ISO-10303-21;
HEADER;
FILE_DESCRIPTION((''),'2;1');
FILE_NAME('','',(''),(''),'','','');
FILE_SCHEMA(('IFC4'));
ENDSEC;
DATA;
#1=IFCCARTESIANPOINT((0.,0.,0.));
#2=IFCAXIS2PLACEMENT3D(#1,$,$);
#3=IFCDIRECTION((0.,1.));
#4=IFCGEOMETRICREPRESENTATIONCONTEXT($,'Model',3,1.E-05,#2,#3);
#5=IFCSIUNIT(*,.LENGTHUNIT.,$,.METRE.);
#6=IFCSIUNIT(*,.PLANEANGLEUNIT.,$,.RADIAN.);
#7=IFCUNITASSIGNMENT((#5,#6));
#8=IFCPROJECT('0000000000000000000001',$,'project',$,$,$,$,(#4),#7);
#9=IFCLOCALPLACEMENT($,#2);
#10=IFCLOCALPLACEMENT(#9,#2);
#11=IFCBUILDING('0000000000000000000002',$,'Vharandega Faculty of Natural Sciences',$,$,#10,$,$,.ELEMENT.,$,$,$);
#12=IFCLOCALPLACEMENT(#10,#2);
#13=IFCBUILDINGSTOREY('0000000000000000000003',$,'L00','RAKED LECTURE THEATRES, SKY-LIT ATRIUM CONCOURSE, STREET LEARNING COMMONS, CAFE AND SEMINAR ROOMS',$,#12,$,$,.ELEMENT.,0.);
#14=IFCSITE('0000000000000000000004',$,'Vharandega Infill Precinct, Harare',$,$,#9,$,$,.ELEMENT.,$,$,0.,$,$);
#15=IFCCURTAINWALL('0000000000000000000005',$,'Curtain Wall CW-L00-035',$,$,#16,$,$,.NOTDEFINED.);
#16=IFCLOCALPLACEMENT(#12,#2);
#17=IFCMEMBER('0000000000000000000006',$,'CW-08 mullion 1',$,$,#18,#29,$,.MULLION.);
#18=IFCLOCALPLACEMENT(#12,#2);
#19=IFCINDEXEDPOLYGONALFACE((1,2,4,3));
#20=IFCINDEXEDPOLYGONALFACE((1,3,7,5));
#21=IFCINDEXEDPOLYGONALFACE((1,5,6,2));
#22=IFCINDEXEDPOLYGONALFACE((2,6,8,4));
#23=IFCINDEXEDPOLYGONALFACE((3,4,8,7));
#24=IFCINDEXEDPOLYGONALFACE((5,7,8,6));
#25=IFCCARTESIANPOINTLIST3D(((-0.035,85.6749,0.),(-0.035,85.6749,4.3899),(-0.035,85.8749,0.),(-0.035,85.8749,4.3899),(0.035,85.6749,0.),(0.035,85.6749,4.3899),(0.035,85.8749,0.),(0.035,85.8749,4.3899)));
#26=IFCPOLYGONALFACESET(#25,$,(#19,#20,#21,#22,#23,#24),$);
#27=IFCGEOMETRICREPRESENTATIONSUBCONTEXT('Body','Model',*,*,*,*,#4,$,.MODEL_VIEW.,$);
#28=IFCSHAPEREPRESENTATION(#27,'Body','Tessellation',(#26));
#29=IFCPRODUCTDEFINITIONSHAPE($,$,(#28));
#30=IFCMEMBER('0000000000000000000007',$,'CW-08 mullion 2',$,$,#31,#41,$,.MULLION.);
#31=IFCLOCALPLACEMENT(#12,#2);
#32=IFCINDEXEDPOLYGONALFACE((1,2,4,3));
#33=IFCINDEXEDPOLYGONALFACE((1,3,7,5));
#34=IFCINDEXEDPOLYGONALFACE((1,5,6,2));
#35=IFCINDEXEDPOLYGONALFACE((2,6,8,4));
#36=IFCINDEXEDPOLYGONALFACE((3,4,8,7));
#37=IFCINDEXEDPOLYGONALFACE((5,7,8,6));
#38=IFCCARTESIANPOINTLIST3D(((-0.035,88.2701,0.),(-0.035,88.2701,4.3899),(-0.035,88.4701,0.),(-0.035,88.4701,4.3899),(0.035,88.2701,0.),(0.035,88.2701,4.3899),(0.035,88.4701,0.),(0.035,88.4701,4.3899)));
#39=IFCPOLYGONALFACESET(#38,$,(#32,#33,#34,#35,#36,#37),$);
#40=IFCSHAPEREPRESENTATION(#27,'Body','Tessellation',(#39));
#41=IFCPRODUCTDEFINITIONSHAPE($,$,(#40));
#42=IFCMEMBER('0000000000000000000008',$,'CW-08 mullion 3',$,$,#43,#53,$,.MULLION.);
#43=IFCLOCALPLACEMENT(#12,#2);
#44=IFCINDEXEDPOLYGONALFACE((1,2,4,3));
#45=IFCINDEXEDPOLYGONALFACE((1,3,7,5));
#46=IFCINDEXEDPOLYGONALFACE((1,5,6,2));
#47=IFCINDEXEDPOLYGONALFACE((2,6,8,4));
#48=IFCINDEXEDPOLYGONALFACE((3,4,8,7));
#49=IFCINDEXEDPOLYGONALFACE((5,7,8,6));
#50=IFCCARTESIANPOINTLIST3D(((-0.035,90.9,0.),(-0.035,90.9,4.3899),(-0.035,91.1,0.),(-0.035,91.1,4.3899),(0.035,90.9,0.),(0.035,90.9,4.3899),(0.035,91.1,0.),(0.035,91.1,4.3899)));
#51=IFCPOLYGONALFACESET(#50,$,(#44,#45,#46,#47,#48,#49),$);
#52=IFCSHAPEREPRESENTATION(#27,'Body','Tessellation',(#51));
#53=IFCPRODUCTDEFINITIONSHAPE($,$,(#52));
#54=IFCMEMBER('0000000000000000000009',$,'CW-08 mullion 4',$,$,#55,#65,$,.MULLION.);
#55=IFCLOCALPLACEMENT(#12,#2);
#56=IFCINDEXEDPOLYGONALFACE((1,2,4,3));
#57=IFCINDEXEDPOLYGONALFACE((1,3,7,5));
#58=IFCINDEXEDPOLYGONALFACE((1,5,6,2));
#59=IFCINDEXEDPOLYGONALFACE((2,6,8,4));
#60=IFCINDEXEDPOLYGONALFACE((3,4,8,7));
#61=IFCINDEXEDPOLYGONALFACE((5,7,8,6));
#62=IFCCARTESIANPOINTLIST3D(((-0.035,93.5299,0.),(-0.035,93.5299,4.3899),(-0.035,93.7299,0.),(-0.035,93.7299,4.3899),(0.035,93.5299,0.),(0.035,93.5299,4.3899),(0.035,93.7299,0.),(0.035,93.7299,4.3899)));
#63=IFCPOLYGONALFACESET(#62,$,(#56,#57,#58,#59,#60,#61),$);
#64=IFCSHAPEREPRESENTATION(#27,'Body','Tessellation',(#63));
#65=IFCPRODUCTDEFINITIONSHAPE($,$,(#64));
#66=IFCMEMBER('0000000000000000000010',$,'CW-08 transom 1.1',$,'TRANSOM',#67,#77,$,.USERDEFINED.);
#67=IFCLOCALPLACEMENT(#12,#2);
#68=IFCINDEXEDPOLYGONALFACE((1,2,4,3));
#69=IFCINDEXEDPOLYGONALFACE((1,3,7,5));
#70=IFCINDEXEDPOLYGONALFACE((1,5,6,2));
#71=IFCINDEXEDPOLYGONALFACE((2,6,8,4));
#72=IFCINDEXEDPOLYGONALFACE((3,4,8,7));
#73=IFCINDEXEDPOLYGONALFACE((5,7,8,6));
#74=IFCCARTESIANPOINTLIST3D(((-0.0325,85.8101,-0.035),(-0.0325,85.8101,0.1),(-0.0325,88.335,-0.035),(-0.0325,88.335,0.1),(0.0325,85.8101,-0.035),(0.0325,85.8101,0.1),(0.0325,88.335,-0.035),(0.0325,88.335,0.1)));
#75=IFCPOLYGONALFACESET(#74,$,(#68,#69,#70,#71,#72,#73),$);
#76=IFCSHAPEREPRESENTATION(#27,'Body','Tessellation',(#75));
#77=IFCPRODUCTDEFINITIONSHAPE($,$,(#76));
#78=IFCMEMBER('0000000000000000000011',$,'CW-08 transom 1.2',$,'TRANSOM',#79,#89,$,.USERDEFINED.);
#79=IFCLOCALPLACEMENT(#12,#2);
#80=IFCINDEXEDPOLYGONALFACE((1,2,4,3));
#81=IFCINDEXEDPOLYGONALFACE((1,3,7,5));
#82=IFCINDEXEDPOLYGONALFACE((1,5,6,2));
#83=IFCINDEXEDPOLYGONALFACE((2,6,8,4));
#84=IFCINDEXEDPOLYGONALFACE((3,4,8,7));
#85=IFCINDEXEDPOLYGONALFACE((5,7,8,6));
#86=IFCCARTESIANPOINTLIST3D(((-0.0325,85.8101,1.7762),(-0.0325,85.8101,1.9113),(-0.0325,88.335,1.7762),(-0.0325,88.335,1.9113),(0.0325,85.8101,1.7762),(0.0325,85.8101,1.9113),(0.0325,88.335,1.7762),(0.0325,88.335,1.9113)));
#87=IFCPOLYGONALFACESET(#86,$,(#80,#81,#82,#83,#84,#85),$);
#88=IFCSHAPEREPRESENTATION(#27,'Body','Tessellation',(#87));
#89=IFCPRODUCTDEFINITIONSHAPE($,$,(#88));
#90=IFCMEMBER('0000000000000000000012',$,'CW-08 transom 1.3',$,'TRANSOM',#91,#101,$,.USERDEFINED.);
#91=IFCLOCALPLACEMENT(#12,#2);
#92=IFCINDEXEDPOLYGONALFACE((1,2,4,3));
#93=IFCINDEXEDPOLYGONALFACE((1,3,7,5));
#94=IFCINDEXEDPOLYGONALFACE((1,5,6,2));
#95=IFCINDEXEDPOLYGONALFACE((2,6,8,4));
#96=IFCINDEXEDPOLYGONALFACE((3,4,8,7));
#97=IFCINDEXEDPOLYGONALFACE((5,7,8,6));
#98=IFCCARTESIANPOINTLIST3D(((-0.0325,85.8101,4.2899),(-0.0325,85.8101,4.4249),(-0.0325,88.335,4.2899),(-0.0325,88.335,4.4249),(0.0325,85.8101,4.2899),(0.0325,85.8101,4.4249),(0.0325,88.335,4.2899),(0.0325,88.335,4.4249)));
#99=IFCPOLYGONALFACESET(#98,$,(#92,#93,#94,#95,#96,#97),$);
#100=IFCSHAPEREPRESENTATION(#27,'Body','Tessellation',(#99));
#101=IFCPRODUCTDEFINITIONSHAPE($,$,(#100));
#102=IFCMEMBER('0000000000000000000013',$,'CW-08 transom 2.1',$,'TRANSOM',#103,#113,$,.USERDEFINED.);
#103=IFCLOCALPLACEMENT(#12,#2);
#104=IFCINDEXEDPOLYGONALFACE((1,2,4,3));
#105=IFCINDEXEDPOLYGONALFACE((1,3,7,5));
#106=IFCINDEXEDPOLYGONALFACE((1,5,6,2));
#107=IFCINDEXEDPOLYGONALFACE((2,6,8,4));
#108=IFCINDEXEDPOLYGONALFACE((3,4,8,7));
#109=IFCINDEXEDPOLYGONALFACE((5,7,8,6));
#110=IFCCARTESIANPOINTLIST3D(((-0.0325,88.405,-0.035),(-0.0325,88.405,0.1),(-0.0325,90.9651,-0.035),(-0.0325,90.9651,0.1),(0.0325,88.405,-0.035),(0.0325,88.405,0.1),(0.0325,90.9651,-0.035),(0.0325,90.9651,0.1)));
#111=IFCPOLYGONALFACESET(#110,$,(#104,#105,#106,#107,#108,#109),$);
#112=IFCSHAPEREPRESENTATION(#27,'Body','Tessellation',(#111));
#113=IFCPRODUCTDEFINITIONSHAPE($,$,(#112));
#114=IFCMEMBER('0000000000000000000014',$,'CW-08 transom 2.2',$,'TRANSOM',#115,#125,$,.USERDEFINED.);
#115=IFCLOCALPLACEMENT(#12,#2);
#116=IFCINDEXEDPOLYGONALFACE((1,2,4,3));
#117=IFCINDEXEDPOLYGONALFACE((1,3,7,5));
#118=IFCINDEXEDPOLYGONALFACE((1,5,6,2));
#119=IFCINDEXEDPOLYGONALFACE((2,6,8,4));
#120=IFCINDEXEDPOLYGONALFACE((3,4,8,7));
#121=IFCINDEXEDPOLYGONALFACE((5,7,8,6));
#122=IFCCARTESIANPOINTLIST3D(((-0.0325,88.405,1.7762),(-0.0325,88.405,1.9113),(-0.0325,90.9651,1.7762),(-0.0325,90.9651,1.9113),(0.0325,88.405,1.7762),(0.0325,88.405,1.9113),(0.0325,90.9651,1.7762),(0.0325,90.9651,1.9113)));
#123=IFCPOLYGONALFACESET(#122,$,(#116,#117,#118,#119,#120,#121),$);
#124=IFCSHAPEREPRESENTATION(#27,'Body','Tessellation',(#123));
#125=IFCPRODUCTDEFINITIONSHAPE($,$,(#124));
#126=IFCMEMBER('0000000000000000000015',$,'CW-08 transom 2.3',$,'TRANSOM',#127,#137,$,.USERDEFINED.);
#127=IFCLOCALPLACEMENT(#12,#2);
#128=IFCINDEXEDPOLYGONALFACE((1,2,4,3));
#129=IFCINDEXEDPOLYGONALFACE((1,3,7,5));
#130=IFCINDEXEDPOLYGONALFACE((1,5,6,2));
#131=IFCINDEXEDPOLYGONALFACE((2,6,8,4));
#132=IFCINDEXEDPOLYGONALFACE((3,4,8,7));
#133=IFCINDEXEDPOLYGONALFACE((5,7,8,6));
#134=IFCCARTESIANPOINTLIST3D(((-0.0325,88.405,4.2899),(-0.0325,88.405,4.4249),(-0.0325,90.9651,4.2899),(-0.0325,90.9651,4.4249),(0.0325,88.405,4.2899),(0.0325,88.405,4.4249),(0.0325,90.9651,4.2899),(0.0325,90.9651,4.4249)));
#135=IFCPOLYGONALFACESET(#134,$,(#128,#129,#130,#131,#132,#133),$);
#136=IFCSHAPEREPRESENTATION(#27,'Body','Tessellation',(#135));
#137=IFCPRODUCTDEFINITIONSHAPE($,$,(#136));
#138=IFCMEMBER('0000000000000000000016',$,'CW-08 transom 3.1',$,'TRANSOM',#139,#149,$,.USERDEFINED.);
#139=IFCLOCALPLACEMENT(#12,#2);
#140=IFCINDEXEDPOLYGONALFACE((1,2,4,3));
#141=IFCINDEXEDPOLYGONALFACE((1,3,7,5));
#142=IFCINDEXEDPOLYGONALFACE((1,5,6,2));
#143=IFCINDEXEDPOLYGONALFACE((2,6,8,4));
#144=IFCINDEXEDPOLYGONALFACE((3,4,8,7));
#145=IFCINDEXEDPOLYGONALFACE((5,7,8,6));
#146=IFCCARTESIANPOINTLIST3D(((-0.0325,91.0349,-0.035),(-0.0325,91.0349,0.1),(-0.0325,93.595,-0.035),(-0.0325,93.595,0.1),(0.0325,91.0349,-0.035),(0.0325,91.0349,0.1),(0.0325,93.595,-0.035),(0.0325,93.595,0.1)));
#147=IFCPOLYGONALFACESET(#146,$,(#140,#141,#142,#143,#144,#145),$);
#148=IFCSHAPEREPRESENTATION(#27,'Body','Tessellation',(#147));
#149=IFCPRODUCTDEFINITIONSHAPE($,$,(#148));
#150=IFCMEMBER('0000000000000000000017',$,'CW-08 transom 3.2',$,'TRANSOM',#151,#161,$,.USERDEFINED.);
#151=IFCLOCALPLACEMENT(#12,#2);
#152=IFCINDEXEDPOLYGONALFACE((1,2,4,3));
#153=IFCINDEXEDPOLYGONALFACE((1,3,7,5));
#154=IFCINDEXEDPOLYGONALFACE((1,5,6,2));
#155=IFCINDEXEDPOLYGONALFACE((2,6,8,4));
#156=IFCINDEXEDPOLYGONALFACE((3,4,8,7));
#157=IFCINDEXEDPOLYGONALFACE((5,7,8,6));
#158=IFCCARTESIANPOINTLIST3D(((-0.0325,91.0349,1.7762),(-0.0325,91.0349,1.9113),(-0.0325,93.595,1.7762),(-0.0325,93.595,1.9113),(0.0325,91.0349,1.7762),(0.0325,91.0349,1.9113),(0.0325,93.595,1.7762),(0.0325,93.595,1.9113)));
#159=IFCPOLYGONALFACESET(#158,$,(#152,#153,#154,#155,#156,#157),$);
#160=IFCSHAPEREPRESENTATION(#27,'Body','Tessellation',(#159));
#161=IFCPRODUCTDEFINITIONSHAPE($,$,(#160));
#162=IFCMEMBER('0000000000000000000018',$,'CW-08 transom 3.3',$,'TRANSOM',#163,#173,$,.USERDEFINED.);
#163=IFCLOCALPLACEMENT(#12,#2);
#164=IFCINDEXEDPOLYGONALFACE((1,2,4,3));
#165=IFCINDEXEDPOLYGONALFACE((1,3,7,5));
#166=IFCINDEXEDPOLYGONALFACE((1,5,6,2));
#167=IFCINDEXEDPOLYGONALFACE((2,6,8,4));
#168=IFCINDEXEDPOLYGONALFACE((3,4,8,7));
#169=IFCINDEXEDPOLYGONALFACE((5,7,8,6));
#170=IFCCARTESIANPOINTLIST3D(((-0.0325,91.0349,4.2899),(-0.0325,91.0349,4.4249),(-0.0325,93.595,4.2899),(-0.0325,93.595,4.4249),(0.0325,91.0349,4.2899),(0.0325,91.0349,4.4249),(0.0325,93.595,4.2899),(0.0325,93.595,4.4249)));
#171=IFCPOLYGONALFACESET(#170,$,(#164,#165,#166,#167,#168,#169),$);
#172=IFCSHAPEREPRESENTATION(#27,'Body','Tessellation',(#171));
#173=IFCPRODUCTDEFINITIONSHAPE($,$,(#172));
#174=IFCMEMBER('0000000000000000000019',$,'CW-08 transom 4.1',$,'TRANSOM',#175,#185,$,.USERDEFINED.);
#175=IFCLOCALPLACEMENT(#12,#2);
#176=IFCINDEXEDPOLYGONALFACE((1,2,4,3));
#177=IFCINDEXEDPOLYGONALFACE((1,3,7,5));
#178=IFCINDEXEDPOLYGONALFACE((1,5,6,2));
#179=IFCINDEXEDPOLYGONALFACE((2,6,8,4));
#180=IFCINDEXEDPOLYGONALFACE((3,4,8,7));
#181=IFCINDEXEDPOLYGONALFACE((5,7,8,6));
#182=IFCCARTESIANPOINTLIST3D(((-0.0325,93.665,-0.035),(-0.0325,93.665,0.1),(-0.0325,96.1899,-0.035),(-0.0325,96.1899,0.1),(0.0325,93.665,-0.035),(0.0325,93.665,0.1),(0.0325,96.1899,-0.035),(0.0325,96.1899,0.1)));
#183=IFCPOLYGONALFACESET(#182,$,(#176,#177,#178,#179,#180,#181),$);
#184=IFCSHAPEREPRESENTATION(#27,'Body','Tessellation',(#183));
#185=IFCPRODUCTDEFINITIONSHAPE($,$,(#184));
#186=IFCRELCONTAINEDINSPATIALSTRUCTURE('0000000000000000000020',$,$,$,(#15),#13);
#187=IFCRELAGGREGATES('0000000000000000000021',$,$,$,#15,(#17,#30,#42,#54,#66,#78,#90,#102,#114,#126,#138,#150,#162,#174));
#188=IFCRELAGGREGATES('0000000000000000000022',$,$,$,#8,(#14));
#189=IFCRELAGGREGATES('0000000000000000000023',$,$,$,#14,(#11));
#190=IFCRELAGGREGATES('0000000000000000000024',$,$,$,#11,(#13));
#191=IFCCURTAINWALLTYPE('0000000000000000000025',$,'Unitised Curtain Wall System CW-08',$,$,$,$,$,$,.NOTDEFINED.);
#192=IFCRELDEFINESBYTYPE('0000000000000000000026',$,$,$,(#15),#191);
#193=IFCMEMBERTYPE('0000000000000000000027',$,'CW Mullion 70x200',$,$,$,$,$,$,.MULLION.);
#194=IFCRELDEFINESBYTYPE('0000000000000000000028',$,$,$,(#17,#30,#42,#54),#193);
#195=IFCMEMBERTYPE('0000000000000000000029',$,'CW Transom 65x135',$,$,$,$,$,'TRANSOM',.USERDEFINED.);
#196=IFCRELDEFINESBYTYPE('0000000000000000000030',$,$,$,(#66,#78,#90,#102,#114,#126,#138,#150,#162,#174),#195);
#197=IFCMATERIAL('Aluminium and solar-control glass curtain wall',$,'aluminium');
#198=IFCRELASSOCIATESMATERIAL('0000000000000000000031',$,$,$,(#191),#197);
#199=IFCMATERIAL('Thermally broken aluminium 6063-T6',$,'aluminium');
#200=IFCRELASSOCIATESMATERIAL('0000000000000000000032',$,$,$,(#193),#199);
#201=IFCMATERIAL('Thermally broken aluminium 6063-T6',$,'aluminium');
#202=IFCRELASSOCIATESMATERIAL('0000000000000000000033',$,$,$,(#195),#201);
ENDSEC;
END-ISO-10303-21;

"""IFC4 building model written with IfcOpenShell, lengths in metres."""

from ifc_helpers import new_model, si_unit, direction, frame, origin, origin_2d, place, context, subcontext, project, spatial, rectangle, extrude, material, material_profile, profile_set, type_object, element, aggregate, save


model = new_model("IFC4")

# Units and contexts
model_context = context("Model", 3, precision=1e-05, world=origin(), true_north=direction((0.0, 1.0)))
body_context = subcontext(model_context, "Body", "Model", "MODEL_VIEW")
ifc_project = project(units=[si_unit("LENGTHUNIT", "METRE"), si_unit("PLANEANGLEUNIT", "RADIAN")], contexts=[model_context])

# Site, building, storey
site_placement = place(None, origin())
site = spatial("IfcSite", under=ifc_project, at=site_placement, Name="Vharandega Infill Precinct, Harare", CompositionType="ELEMENT", RefElevation=0.0)
building_placement = place(site_placement, origin())
building = spatial("IfcBuilding", under=site, at=building_placement, Name="Vharandega Faculty of Natural Sciences", CompositionType="ELEMENT")
storey_placement = place(building_placement, origin())
storey = spatial("IfcBuildingStorey", under=building, at=storey_placement, Name="L00", Description="RAKED LECTURE THEATRES, SKY-LIT ATRIUM CONCOURSE, STREET LEARNING COMMONS, CAFE AND SEMINAR ROOMS", CompositionType="ELEMENT", Elevation=0.0)

# Curtain wall, members
ifc_material_1 = material(Name="Aluminium and solar-control glass curtain wall", Category="aluminium")
curtain_wall_type = type_object("IfcCurtainWallType", Name="Unitised Curtain Wall System CW-08", PredefinedType="NOTDEFINED", material=ifc_material_1)
curtain_wall_placement = place(storey_placement, origin())
curtain_wall = element("IfcCurtainWall", 1, at=curtain_wall_placement, inside=storey, type_object=curtain_wall_type, Name="Curtain Wall CW-L00-035", PredefinedType="NOTDEFINED")
ifc_material_2 = material(Name="Thermally broken aluminium 6063-T6", Category="aluminium")
ifc_material_profile_1 = material_profile(ifc_material_2, rectangle(XDim=0.0701, YDim=0.2, at=origin_2d()), Name="ALU 70x200")
ifc_profile_set_1 = profile_set([ifc_material_profile_1], Name="Thermally broken aluminium 6063-T6")
member_type_1 = type_object("IfcMemberType", Name="CW Mullion 70x200", PredefinedType="MULLION", material=ifc_profile_set_1)
member_1_placement = place(storey_placement, frame((0.0, 85.7749, 0.0), z_axis=(0.0, 0.0, 1.0), x_axis=(-1.0, 0.0, 0.0)))
member_1 = element("IfcMember", 2, at=member_1_placement, type_object=member_type_1, Name="CW-08 mullion 1", PredefinedType="MULLION", context=body_context, shape_type="SweptSolid", body=[
    extrude(rectangle(XDim=0.0701, YDim=0.2, at=origin_2d()), origin(), (0.0, 0.0, 1.0), 4.3899),
])
member_2_placement = place(storey_placement, frame((0.0, 88.3701, 0.0), z_axis=(0.0, 0.0, 1.0), x_axis=(-1.0, 0.0, 0.0)))
member_2 = element("IfcMember", 3, at=member_2_placement, type_object=member_type_1, Name="CW-08 mullion 2", PredefinedType="MULLION", context=body_context, shape_type="SweptSolid", body=[
    extrude(rectangle(XDim=0.0701, YDim=0.2, at=origin_2d()), origin(), (0.0, 0.0, 1.0), 4.3899),
])
member_3_placement = place(storey_placement, frame((0.0, 91.0, 0.0), z_axis=(0.0, 0.0, 1.0), x_axis=(-1.0, 0.0, 0.0)))
member_3 = element("IfcMember", 4, at=member_3_placement, type_object=member_type_1, Name="CW-08 mullion 3", PredefinedType="MULLION", context=body_context, shape_type="SweptSolid", body=[
    extrude(rectangle(XDim=0.0701, YDim=0.2, at=origin_2d()), origin(), (0.0, 0.0, 1.0), 4.3899),
])
member_4_placement = place(storey_placement, frame((0.0, 93.6299, 0.0), z_axis=(0.0, 0.0, 1.0), x_axis=(-1.0, 0.0, 0.0)))
member_4 = element("IfcMember", 5, at=member_4_placement, type_object=member_type_1, Name="CW-08 mullion 4", PredefinedType="MULLION", context=body_context, shape_type="SweptSolid", body=[
    extrude(rectangle(XDim=0.0701, YDim=0.2, at=origin_2d()), origin(), (0.0, 0.0, 1.0), 4.3899),
])
ifc_material_3 = material(Name="Thermally broken aluminium 6063-T6", Category="aluminium")
ifc_material_profile_2 = material_profile(ifc_material_3, rectangle(XDim=0.0649, YDim=0.135, at=origin_2d()), Name="ALU 65x135")
ifc_profile_set_2 = profile_set([ifc_material_profile_2], Name="Thermally broken aluminium 6063-T6")
member_type_2 = type_object("IfcMemberType", Name="CW Transom 65x135", ElementType="TRANSOM", PredefinedType="USERDEFINED", material=ifc_profile_set_2)
member_5_placement = place(storey_placement, frame((0.0, 85.8101, 0.0325), z_axis=(0.0, 1.0, 0.0), x_axis=(-1.0, 0.0, 0.0)))
member_5 = element("IfcMember", 6, at=member_5_placement, type_object=member_type_2, Name="CW-08 transom 1.1", ObjectType="TRANSOM", PredefinedType="USERDEFINED", context=body_context, shape_type="SweptSolid", body=[
    extrude(rectangle(XDim=0.0649, YDim=0.135, at=origin_2d()), origin(), (0.0, 0.0, 1.0), 2.5249),
])
member_6_placement = place(storey_placement, frame((0.0, 85.8101, 1.8438), z_axis=(0.0, 1.0, 0.0), x_axis=(-1.0, 0.0, 0.0)))
member_6 = element("IfcMember", 7, at=member_6_placement, type_object=member_type_2, Name="CW-08 transom 1.2", ObjectType="TRANSOM", PredefinedType="USERDEFINED", context=body_context, shape_type="SweptSolid", body=[
    extrude(rectangle(XDim=0.0649, YDim=0.135, at=origin_2d()), origin(), (0.0, 0.0, 1.0), 2.5249),
])
member_7_placement = place(storey_placement, frame((0.0, 85.8101, 4.3574), z_axis=(0.0, 1.0, 0.0), x_axis=(-1.0, 0.0, 0.0)))
member_7 = element("IfcMember", 8, at=member_7_placement, type_object=member_type_2, Name="CW-08 transom 1.3", ObjectType="TRANSOM", PredefinedType="USERDEFINED", context=body_context, shape_type="SweptSolid", body=[
    extrude(rectangle(XDim=0.0649, YDim=0.135, at=origin_2d()), origin(), (0.0, 0.0, 1.0), 2.5249),
])
member_8_placement = place(storey_placement, frame((0.0, 88.405, 0.0325), z_axis=(0.0, 1.0, 0.0), x_axis=(-1.0, 0.0, 0.0)))
member_8 = element("IfcMember", 9, at=member_8_placement, type_object=member_type_2, Name="CW-08 transom 2.1", ObjectType="TRANSOM", PredefinedType="USERDEFINED", context=body_context, shape_type="SweptSolid", body=[
    extrude(rectangle(XDim=0.0649, YDim=0.135, at=origin_2d()), origin(), (0.0, 0.0, 1.0), 2.5601),
])
member_9_placement = place(storey_placement, frame((0.0, 88.405, 1.8438), z_axis=(0.0, 1.0, 0.0), x_axis=(-1.0, 0.0, 0.0)))
member_9 = element("IfcMember", 10, at=member_9_placement, type_object=member_type_2, Name="CW-08 transom 2.2", ObjectType="TRANSOM", PredefinedType="USERDEFINED", context=body_context, shape_type="SweptSolid", body=[
    extrude(rectangle(XDim=0.0649, YDim=0.135, at=origin_2d()), origin(), (0.0, 0.0, 1.0), 2.5601),
])
member_10_placement = place(storey_placement, frame((0.0, 88.405, 4.3574), z_axis=(0.0, 1.0, 0.0), x_axis=(-1.0, 0.0, 0.0)))
member_10 = element("IfcMember", 11, at=member_10_placement, type_object=member_type_2, Name="CW-08 transom 2.3", ObjectType="TRANSOM", PredefinedType="USERDEFINED", context=body_context, shape_type="SweptSolid", body=[
    extrude(rectangle(XDim=0.0649, YDim=0.135, at=origin_2d()), origin(), (0.0, 0.0, 1.0), 2.5601),
])
member_11_placement = place(storey_placement, frame((0.0, 91.0349, 0.0325), z_axis=(0.0, 1.0, 0.0), x_axis=(-1.0, 0.0, 0.0)))
member_11 = element("IfcMember", 12, at=member_11_placement, type_object=member_type_2, Name="CW-08 transom 3.1", ObjectType="TRANSOM", PredefinedType="USERDEFINED", context=body_context, shape_type="SweptSolid", body=[
    extrude(rectangle(XDim=0.0649, YDim=0.135, at=origin_2d()), origin(), (0.0, 0.0, 1.0), 2.5601),
])
member_12_placement = place(storey_placement, frame((0.0, 91.0349, 1.8438), z_axis=(0.0, 1.0, 0.0), x_axis=(-1.0, 0.0, 0.0)))
member_12 = element("IfcMember", 13, at=member_12_placement, type_object=member_type_2, Name="CW-08 transom 3.2", ObjectType="TRANSOM", PredefinedType="USERDEFINED", context=body_context, shape_type="SweptSolid", body=[
    extrude(rectangle(XDim=0.0649, YDim=0.135, at=origin_2d()), origin(), (0.0, 0.0, 1.0), 2.5601),
])
member_13_placement = place(storey_placement, frame((0.0, 91.0349, 4.3574), z_axis=(0.0, 1.0, 0.0), x_axis=(-1.0, 0.0, 0.0)))
member_13 = element("IfcMember", 14, at=member_13_placement, type_object=member_type_2, Name="CW-08 transom 3.3", ObjectType="TRANSOM", PredefinedType="USERDEFINED", context=body_context, shape_type="SweptSolid", body=[
    extrude(rectangle(XDim=0.0649, YDim=0.135, at=origin_2d()), origin(), (0.0, 0.0, 1.0), 2.5601),
])
member_14_placement = place(storey_placement, frame((0.0, 93.665, 0.0325), z_axis=(0.0, 1.0, 0.0), x_axis=(-1.0, 0.0, 0.0)))
member_14 = element("IfcMember", 15, at=member_14_placement, type_object=member_type_2, Name="CW-08 transom 4.1", ObjectType="TRANSOM", PredefinedType="USERDEFINED", context=body_context, shape_type="SweptSolid", body=[
    extrude(rectangle(XDim=0.0649, YDim=0.135, at=origin_2d()), origin(), (0.0, 0.0, 1.0), 2.5249),
])
aggregate(curtain_wall, [member_1, member_2, member_3, member_4, member_5, member_6, member_7, member_8, member_9, member_10, member_11, member_12, member_13, member_14])

save(model, "model.ifc")
